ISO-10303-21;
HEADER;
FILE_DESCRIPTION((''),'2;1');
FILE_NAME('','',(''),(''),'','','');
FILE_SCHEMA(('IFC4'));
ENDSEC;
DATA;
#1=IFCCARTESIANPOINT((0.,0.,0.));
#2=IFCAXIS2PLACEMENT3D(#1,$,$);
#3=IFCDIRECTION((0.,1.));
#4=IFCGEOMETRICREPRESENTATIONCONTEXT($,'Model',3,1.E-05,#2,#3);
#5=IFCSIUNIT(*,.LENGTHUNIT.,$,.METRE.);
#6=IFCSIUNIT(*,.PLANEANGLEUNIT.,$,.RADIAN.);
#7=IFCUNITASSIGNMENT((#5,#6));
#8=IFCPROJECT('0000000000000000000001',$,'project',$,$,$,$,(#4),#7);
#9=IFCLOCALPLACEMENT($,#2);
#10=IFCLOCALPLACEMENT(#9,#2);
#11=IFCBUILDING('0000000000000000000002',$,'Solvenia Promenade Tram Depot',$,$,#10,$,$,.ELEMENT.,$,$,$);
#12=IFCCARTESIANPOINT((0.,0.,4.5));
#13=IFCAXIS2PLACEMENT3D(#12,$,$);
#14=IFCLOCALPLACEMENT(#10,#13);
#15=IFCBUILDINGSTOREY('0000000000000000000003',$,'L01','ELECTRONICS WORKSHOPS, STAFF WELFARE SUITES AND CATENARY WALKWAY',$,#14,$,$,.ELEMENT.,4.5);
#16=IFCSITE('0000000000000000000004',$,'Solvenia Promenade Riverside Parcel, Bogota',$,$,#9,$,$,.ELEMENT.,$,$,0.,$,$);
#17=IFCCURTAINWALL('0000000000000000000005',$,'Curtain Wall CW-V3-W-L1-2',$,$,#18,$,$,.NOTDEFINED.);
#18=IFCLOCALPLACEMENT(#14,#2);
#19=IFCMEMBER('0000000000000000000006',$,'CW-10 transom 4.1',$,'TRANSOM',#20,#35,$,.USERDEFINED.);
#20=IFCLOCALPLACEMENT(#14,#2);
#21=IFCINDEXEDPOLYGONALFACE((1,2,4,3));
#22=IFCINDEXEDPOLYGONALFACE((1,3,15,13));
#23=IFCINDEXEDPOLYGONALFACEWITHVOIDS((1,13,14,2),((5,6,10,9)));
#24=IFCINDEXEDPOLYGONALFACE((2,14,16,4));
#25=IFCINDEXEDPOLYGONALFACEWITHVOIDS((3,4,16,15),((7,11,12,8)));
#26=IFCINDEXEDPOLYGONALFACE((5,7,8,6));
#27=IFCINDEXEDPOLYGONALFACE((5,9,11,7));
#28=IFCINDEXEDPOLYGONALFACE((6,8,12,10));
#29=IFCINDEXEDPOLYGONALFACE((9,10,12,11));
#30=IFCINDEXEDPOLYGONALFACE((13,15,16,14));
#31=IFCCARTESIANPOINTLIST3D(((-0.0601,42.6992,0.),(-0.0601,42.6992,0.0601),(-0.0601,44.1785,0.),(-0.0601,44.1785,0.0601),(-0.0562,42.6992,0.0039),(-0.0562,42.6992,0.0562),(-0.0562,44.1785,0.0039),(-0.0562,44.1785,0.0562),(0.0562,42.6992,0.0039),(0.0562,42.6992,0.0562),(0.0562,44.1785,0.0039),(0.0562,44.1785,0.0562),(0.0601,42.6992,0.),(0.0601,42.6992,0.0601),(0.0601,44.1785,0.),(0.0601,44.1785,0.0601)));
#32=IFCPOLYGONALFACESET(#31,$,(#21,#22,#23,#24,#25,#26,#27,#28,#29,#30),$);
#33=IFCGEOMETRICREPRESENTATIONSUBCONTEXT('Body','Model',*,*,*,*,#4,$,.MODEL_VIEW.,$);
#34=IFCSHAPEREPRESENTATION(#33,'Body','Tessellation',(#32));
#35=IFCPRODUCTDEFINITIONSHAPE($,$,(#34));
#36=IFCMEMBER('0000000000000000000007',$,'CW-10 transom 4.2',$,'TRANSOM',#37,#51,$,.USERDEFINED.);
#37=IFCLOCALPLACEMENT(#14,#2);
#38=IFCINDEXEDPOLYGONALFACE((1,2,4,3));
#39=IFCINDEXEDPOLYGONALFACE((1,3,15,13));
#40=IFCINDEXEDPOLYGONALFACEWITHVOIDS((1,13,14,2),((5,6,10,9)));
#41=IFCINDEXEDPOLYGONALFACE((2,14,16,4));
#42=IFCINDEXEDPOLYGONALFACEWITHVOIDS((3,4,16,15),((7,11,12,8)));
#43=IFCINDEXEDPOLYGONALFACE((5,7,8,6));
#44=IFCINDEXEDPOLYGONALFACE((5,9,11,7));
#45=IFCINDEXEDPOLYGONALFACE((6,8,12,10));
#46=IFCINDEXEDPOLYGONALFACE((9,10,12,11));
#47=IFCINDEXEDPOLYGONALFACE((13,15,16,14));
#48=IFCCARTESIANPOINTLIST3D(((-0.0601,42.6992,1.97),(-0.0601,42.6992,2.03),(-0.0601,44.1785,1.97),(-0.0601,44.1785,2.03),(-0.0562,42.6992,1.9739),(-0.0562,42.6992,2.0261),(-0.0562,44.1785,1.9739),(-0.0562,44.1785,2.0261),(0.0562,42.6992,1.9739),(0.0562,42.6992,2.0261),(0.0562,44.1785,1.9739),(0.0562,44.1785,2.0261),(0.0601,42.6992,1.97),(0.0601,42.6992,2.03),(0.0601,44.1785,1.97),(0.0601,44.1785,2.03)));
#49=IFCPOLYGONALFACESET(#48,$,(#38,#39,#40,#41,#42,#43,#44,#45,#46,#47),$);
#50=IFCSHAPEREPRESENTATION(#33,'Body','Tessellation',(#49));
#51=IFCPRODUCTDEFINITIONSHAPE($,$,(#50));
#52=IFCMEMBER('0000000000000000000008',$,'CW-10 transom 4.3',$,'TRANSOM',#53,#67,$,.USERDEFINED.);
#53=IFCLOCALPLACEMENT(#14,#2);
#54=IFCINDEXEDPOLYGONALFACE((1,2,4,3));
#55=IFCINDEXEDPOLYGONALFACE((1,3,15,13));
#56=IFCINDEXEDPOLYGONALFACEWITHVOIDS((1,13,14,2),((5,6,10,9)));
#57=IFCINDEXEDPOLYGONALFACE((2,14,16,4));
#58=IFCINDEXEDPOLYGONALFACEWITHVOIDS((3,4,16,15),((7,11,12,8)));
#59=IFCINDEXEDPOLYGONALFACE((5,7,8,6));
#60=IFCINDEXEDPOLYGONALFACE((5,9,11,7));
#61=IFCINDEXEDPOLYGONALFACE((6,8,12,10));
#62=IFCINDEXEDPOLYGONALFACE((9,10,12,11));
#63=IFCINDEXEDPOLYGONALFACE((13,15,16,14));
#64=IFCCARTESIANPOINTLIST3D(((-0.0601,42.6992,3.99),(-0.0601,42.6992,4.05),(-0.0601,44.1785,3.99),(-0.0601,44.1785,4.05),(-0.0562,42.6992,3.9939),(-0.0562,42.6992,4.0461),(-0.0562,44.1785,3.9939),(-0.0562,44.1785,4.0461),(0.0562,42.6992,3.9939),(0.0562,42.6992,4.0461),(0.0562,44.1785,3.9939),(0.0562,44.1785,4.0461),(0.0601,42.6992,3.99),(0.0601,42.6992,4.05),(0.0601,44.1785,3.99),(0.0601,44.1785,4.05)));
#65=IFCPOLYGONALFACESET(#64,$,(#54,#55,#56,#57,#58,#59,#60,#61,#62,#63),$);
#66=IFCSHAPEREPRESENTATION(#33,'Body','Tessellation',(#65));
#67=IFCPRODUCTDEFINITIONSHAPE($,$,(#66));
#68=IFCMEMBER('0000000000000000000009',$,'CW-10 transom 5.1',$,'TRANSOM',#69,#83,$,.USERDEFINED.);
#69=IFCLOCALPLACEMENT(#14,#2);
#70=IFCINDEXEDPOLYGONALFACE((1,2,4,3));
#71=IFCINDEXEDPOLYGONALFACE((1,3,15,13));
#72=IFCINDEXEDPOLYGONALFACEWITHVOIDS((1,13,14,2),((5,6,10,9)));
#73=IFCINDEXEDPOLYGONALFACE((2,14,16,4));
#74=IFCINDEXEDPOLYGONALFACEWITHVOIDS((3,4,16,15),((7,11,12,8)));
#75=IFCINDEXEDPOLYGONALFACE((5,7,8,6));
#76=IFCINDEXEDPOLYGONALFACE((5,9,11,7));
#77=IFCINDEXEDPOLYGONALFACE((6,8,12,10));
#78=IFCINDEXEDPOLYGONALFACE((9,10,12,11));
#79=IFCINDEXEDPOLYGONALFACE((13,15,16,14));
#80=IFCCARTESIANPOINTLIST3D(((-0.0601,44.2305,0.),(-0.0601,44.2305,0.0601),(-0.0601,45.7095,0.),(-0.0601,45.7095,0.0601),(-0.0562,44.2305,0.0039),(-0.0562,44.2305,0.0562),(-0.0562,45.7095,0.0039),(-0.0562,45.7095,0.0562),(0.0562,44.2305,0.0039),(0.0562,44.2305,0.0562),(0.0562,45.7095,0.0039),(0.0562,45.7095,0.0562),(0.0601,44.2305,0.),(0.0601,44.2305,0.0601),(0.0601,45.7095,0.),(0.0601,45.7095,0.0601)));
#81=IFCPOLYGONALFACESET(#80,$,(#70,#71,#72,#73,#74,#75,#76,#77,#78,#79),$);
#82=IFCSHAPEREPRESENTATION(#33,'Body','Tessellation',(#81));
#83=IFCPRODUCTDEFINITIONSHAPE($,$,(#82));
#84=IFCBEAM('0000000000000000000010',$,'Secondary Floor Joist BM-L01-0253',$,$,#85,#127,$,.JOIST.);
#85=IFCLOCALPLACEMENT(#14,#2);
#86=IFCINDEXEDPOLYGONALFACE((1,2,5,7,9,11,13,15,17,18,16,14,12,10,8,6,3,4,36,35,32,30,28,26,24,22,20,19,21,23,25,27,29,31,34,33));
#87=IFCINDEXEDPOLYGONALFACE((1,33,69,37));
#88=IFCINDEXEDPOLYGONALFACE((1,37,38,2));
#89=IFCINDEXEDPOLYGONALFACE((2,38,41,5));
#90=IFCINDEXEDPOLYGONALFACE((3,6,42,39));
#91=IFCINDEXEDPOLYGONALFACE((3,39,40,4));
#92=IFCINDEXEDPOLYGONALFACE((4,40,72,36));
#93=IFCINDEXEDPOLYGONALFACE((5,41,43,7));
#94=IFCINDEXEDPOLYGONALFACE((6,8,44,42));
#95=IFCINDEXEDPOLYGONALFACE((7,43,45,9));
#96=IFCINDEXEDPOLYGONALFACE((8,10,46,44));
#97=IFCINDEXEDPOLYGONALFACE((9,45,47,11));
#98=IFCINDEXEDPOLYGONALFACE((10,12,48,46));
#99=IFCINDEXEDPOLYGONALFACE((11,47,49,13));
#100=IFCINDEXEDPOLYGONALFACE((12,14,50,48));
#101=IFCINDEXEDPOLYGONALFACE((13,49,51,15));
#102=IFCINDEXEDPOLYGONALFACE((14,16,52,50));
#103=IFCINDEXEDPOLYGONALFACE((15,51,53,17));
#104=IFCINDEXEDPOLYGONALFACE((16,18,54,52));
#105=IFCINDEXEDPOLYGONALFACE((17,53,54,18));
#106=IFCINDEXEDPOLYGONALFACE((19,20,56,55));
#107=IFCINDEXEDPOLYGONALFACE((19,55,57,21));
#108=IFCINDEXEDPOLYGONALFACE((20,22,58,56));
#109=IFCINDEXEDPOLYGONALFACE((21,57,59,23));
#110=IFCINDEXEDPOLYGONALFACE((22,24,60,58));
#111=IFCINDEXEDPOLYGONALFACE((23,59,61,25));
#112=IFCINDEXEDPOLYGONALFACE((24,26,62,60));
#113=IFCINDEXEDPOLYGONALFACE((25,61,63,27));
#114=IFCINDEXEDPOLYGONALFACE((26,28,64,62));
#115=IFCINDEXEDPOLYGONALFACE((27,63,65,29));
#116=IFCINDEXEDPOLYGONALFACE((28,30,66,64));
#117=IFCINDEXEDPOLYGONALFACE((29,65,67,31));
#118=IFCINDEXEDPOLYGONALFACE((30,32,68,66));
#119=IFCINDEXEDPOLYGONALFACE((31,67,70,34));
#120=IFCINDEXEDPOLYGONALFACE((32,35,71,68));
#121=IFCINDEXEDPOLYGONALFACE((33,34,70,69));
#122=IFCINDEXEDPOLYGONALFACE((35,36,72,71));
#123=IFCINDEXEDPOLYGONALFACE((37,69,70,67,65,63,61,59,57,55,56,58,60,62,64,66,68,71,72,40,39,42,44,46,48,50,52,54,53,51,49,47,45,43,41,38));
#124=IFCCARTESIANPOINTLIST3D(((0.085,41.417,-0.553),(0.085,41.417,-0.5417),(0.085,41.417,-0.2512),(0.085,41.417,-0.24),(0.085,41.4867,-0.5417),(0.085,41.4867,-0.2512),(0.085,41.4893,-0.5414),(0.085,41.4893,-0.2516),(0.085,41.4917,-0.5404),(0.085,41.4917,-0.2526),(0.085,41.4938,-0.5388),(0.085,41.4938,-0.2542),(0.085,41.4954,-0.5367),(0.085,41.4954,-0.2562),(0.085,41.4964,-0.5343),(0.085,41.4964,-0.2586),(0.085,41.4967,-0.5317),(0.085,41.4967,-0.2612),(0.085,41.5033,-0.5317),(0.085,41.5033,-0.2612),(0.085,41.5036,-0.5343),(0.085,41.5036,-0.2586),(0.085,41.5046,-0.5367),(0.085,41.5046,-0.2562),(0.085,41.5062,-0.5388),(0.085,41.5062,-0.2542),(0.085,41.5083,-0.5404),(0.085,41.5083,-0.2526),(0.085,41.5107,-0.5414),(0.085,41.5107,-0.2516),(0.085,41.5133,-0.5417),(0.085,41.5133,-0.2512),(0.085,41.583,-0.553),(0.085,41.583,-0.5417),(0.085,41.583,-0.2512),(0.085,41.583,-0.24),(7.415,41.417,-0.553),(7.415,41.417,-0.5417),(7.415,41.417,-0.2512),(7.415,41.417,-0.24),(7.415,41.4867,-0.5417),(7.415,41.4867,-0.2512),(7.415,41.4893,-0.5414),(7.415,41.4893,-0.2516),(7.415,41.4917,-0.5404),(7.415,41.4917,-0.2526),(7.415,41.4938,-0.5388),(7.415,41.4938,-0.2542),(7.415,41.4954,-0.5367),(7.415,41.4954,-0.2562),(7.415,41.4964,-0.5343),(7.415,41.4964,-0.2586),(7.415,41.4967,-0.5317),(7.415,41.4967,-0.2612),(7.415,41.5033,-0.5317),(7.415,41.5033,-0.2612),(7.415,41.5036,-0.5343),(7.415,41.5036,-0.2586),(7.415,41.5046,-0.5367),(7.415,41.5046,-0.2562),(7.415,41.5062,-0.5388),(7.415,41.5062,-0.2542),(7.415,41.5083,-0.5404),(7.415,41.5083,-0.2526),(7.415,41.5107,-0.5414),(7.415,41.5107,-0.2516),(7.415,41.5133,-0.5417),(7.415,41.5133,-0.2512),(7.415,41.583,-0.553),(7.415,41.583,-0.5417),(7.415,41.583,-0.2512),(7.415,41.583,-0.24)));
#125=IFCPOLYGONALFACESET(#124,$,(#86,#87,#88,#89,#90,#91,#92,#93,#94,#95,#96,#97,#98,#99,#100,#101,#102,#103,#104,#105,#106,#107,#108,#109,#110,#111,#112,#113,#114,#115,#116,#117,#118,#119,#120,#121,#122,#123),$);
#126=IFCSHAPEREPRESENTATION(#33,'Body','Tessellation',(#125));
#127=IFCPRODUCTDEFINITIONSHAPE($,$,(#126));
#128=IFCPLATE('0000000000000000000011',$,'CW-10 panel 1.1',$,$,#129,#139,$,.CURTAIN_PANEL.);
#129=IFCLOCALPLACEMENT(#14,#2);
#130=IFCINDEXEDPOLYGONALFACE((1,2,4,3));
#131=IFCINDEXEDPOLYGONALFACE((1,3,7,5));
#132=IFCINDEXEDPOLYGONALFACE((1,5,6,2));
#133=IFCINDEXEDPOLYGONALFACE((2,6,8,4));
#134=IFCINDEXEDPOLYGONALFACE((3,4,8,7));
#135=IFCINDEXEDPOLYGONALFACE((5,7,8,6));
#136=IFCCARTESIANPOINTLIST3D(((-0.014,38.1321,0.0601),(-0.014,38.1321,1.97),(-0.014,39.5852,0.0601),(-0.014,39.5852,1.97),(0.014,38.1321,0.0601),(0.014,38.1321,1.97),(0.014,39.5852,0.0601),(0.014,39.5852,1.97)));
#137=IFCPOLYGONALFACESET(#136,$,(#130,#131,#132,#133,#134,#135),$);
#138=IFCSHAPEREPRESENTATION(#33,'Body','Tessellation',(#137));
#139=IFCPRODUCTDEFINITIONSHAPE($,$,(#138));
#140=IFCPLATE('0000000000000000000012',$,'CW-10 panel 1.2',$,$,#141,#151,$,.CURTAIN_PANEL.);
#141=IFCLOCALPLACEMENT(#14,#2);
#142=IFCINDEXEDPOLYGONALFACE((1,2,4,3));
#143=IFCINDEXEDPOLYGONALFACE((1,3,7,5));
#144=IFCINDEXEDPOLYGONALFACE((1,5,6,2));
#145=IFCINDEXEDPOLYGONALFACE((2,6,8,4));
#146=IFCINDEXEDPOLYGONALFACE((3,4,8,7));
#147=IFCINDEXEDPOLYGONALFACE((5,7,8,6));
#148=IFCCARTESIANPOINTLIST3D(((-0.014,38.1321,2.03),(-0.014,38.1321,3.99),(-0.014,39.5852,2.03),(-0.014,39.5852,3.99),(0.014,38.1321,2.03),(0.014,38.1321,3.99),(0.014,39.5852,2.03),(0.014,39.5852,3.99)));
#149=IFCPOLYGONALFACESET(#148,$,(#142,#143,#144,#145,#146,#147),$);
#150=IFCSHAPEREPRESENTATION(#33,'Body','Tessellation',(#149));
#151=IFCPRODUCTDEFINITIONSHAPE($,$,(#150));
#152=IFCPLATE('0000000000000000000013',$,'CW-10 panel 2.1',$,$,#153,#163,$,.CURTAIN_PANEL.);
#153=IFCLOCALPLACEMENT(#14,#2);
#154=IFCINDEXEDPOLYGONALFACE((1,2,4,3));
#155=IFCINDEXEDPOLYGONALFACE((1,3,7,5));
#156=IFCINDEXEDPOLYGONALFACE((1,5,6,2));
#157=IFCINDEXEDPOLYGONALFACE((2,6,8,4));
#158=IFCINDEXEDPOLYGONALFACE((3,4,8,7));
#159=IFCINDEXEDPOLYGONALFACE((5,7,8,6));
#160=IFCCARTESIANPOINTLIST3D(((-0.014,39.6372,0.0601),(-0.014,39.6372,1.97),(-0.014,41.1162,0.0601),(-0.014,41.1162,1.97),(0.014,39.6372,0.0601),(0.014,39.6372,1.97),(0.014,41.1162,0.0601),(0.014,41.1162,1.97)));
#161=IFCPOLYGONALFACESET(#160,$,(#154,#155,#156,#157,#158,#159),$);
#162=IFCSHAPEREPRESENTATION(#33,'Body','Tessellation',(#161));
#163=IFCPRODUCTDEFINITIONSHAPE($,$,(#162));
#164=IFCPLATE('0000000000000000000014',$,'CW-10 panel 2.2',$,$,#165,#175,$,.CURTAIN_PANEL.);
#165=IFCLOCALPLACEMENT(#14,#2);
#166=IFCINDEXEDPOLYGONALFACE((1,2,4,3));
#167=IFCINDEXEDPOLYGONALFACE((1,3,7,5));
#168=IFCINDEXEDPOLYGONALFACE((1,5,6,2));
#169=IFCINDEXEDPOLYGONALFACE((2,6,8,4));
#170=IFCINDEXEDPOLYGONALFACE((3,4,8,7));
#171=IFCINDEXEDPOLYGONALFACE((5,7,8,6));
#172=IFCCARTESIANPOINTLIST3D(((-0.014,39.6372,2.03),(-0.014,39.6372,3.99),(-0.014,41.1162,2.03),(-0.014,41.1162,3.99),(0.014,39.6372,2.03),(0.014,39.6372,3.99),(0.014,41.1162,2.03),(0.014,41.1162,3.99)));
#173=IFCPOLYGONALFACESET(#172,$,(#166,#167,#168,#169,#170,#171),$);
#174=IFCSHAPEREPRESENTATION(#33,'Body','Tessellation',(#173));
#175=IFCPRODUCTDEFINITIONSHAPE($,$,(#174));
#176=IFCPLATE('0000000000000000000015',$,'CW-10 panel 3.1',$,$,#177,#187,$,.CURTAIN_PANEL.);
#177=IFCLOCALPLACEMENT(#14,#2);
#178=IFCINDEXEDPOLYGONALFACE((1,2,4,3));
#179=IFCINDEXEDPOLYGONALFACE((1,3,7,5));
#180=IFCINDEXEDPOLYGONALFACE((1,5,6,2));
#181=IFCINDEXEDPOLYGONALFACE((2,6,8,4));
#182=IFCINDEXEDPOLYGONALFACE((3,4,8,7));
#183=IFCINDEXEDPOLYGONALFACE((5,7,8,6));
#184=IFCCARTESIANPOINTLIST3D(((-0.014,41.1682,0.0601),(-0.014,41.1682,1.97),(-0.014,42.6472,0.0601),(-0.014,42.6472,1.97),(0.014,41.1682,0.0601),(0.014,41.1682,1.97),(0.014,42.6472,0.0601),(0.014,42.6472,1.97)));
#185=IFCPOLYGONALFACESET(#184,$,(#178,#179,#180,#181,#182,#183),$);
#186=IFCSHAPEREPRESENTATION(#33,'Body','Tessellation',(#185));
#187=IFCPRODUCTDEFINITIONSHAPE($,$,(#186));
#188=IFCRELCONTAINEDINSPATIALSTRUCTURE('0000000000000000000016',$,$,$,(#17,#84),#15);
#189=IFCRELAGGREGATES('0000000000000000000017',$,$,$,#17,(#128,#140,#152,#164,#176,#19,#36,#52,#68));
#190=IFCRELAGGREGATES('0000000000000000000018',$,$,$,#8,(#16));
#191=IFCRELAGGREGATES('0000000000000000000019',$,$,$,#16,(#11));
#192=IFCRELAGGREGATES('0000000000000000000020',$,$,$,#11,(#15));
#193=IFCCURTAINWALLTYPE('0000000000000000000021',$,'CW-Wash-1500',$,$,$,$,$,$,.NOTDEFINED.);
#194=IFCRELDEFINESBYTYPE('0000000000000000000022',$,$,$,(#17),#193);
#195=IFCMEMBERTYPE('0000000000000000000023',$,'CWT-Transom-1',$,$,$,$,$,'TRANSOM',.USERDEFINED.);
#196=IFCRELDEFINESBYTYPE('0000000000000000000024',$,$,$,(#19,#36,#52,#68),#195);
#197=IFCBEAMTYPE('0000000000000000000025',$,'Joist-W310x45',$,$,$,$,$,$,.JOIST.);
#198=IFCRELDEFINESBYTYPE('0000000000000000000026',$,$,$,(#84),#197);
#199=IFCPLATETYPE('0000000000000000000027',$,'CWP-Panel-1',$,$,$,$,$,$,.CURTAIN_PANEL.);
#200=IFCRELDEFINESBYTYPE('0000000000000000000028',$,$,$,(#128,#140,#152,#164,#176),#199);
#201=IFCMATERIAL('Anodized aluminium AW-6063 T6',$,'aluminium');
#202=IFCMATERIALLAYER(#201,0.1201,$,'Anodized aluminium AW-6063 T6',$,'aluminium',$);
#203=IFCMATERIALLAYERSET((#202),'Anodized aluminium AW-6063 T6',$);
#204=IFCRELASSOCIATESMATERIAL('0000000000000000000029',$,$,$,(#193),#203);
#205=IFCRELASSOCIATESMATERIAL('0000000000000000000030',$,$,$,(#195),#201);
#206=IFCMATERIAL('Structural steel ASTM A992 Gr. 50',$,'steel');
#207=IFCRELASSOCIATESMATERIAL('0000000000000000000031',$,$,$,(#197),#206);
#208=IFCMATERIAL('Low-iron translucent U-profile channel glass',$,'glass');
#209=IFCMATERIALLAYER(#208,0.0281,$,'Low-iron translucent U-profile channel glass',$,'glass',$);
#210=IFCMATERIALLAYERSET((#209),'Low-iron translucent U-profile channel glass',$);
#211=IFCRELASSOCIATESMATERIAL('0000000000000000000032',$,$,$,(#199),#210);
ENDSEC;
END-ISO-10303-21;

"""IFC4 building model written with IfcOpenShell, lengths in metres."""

from ifc_helpers import new_model, si_unit, direction, frame, origin, origin_2d, place, context, subcontext, project, spatial, rectangle, hollow_rectangle, i_section, extrude, material, layer, layer_set, material_profile, profile_set, type_object, element, aggregate, save


model = new_model("IFC4")

# Units and contexts
model_context = context("Model", 3, precision=1e-05, world=origin(), true_north=direction((0.0, 1.0)))
body_context = subcontext(model_context, "Body", "Model", "MODEL_VIEW")
ifc_project = project(units=[si_unit("LENGTHUNIT", "METRE"), si_unit("PLANEANGLEUNIT", "RADIAN")], contexts=[model_context])

# Site, building, storey
site_placement = place(None, origin())
site = spatial("IfcSite", under=ifc_project, at=site_placement, Name="Solvenia Promenade Riverside Parcel, Bogota", CompositionType="ELEMENT", RefElevation=0.0)
building_placement = place(site_placement, origin())
building = spatial("IfcBuilding", under=site, at=building_placement, Name="Solvenia Promenade Tram Depot", CompositionType="ELEMENT")
storey_placement = place(building_placement, frame((0.0, 0.0, 4.5)))
storey = spatial("IfcBuildingStorey", under=building, at=storey_placement, Name="L01", Description="ELECTRONICS WORKSHOPS, STAFF WELFARE SUITES AND CATENARY WALKWAY", CompositionType="ELEMENT", Elevation=4.5)

# Curtain wall, members
ifc_material_1 = material(Name="Anodized aluminium AW-6063 T6", Category="aluminium")
ifc_layer_1 = layer(ifc_material_1, 0.1201, Name="Anodized aluminium AW-6063 T6", Category="aluminium")
ifc_layer_set_1 = layer_set([ifc_layer_1], Name="Anodized aluminium AW-6063 T6")
curtain_wall_type = type_object("IfcCurtainWallType", Name="CW-Wash-1500", PredefinedType="NOTDEFINED", material=ifc_layer_set_1)
curtain_wall_placement = place(storey_placement, origin())
curtain_wall = element("IfcCurtainWall", 1, at=curtain_wall_placement, inside=storey, type_object=curtain_wall_type, Name="Curtain Wall CW-V3-W-L1-2", PredefinedType="NOTDEFINED")
ifc_material_profile_1 = material_profile(ifc_material_1, hollow_rectangle(XDim=0.1201, YDim=0.0601, WallThickness=0.0039, at=origin_2d()), Name="ALU-T1", Category="aluminium")
ifc_profile_set_1 = profile_set([ifc_material_profile_1], Name="Anodized aluminium AW-6063 T6")
member_type_1 = type_object("IfcMemberType", Name="CWT-Transom-1", ElementType="TRANSOM", PredefinedType="USERDEFINED", material=ifc_profile_set_1)
member_1_placement = place(storey_placement, frame((0.0, 42.6992, 0.03), z_axis=(0.0, 1.0, 0.0), x_axis=(-1.0, 0.0, 0.0)))
member_1 = element("IfcMember", 2, at=member_1_placement, type_object=member_type_1, Name="CW-10 transom 4.1", ObjectType="TRANSOM", PredefinedType="USERDEFINED", context=body_context, shape_type="SweptSolid", body=[
    extrude(hollow_rectangle(XDim=0.1201, YDim=0.0601, WallThickness=0.0039, at=origin_2d()), origin(), (0.0, 0.0, 1.0), 1.4792),
])
member_2_placement = place(storey_placement, frame((0.0, 42.6992, 2.0), z_axis=(0.0, 1.0, 0.0), x_axis=(-1.0, 0.0, 0.0)))
member_2 = element("IfcMember", 3, at=member_2_placement, type_object=member_type_1, Name="CW-10 transom 4.2", ObjectType="TRANSOM", PredefinedType="USERDEFINED", context=body_context, shape_type="SweptSolid", body=[
    extrude(hollow_rectangle(XDim=0.1201, YDim=0.0601, WallThickness=0.0039, at=origin_2d()), origin(), (0.0, 0.0, 1.0), 1.4792),
])
member_3_placement = place(storey_placement, frame((0.0, 42.6992, 4.02), z_axis=(0.0, 1.0, 0.0), x_axis=(-1.0, 0.0, 0.0)))
member_3 = element("IfcMember", 4, at=member_3_placement, type_object=member_type_1, Name="CW-10 transom 4.3", ObjectType="TRANSOM", PredefinedType="USERDEFINED", context=body_context, shape_type="SweptSolid", body=[
    extrude(hollow_rectangle(XDim=0.1201, YDim=0.0601, WallThickness=0.0039, at=origin_2d()), origin(), (0.0, 0.0, 1.0), 1.4792),
])
member_4_placement = place(storey_placement, frame((0.0, 44.2305, 0.03), z_axis=(0.0, 1.0, 0.0), x_axis=(-1.0, 0.0, 0.0)))
member_4 = element("IfcMember", 5, at=member_4_placement, type_object=member_type_1, Name="CW-10 transom 5.1", ObjectType="TRANSOM", PredefinedType="USERDEFINED", context=body_context, shape_type="SweptSolid", body=[
    extrude(hollow_rectangle(XDim=0.1201, YDim=0.0601, WallThickness=0.0039, at=origin_2d()), origin(), (0.0, 0.0, 1.0), 1.479),
])

# Beam
ifc_material_2 = material(Name="Structural steel ASTM A992 Gr. 50", Category="steel")
ifc_material_profile_2 = material_profile(ifc_material_2, i_section(OverallWidth=0.166, OverallDepth=0.313, WebThickness=0.0066, FlangeThickness=0.0112, FilletRadius=0.01, at=origin_2d()), Name="W310x45", Category="steel")
ifc_profile_set_2 = profile_set([ifc_material_profile_2], Name="Structural steel ASTM A992 Gr. 50")
beam_type = type_object("IfcBeamType", Name="Joist-W310x45", PredefinedType="JOIST", material=ifc_profile_set_2)
beam_placement = place(storey_placement, frame((0.085, 41.5, -0.3965), z_axis=(1.0, 0.0, 0.0), x_axis=(0.0, 1.0, 0.0)))
element("IfcBeam", 6, at=beam_placement, inside=storey, type_object=beam_type, Name="Secondary Floor Joist BM-L01-0253", PredefinedType="JOIST", context=body_context, shape_type="SweptSolid", body=[
    extrude(i_section(OverallWidth=0.166, OverallDepth=0.313, WebThickness=0.0066, FlangeThickness=0.0112, FilletRadius=0.01, at=origin_2d()), origin(), (0.0, 0.0, 1.0), 7.3301),
])

# Plates
ifc_material_3 = material(Name="Low-iron translucent U-profile channel glass", Category="glass")
ifc_layer_2 = layer(ifc_material_3, 0.0281, Name="Low-iron translucent U-profile channel glass", Category="glass")
ifc_layer_set_2 = layer_set([ifc_layer_2], Name="Low-iron translucent U-profile channel glass")
plate_type = type_object("IfcPlateType", Name="CWP-Panel-1", PredefinedType="CURTAIN_PANEL", material=ifc_layer_set_2)
plate_1_placement = place(storey_placement, frame((0.0, 38.8586, 0.0601), z_axis=(0.0, 0.0, 1.0), x_axis=(0.0, 1.0, 0.0)))
plate_1 = element("IfcPlate", 7, at=plate_1_placement, type_object=plate_type, Name="CW-10 panel 1.1", PredefinedType="CURTAIN_PANEL", context=body_context, shape_type="SweptSolid", body=[
    extrude(rectangle(XDim=1.4531, YDim=0.0281, at=origin_2d()), origin(), (0.0, 0.0, 1.0), 1.9099),
])
plate_2_placement = place(storey_placement, frame((0.0, 38.8586, 2.03), z_axis=(0.0, 0.0, 1.0), x_axis=(0.0, 1.0, 0.0)))
plate_2 = element("IfcPlate", 8, at=plate_2_placement, type_object=plate_type, Name="CW-10 panel 1.2", PredefinedType="CURTAIN_PANEL", context=body_context, shape_type="SweptSolid", body=[
    extrude(rectangle(XDim=1.4531, YDim=0.0281, at=origin_2d()), origin(), (0.0, 0.0, 1.0), 1.96),
])
plate_3_placement = place(storey_placement, frame((0.0, 40.3767, 0.0601), z_axis=(0.0, 0.0, 1.0), x_axis=(0.0, 1.0, 0.0)))
plate_3 = element("IfcPlate", 9, at=plate_3_placement, type_object=plate_type, Name="CW-10 panel 2.1", PredefinedType="CURTAIN_PANEL", context=body_context, shape_type="SweptSolid", body=[
    extrude(rectangle(XDim=1.479, YDim=0.0281, at=origin_2d()), origin(), (0.0, 0.0, 1.0), 1.9099),
])
plate_4_placement = place(storey_placement, frame((0.0, 40.3767, 2.03), z_axis=(0.0, 0.0, 1.0), x_axis=(0.0, 1.0, 0.0)))
plate_4 = element("IfcPlate", 10, at=plate_4_placement, type_object=plate_type, Name="CW-10 panel 2.2", PredefinedType="CURTAIN_PANEL", context=body_context, shape_type="SweptSolid", body=[
    extrude(rectangle(XDim=1.479, YDim=0.0281, at=origin_2d()), origin(), (0.0, 0.0, 1.0), 1.96),
])
plate_5_placement = place(storey_placement, frame((0.0, 41.9077, 0.0601), z_axis=(0.0, 0.0, 1.0), x_axis=(0.0, 1.0, 0.0)))
plate_5 = element("IfcPlate", 11, at=plate_5_placement, type_object=plate_type, Name="CW-10 panel 3.1", PredefinedType="CURTAIN_PANEL", context=body_context, shape_type="SweptSolid", body=[
    extrude(rectangle(XDim=1.479, YDim=0.0281, at=origin_2d()), origin(), (0.0, 0.0, 1.0), 1.9099),
])
aggregate(curtain_wall, [plate_1, plate_2, plate_3, plate_4, plate_5, member_1, member_2, member_3, member_4])

save(model, "model.ifc")
